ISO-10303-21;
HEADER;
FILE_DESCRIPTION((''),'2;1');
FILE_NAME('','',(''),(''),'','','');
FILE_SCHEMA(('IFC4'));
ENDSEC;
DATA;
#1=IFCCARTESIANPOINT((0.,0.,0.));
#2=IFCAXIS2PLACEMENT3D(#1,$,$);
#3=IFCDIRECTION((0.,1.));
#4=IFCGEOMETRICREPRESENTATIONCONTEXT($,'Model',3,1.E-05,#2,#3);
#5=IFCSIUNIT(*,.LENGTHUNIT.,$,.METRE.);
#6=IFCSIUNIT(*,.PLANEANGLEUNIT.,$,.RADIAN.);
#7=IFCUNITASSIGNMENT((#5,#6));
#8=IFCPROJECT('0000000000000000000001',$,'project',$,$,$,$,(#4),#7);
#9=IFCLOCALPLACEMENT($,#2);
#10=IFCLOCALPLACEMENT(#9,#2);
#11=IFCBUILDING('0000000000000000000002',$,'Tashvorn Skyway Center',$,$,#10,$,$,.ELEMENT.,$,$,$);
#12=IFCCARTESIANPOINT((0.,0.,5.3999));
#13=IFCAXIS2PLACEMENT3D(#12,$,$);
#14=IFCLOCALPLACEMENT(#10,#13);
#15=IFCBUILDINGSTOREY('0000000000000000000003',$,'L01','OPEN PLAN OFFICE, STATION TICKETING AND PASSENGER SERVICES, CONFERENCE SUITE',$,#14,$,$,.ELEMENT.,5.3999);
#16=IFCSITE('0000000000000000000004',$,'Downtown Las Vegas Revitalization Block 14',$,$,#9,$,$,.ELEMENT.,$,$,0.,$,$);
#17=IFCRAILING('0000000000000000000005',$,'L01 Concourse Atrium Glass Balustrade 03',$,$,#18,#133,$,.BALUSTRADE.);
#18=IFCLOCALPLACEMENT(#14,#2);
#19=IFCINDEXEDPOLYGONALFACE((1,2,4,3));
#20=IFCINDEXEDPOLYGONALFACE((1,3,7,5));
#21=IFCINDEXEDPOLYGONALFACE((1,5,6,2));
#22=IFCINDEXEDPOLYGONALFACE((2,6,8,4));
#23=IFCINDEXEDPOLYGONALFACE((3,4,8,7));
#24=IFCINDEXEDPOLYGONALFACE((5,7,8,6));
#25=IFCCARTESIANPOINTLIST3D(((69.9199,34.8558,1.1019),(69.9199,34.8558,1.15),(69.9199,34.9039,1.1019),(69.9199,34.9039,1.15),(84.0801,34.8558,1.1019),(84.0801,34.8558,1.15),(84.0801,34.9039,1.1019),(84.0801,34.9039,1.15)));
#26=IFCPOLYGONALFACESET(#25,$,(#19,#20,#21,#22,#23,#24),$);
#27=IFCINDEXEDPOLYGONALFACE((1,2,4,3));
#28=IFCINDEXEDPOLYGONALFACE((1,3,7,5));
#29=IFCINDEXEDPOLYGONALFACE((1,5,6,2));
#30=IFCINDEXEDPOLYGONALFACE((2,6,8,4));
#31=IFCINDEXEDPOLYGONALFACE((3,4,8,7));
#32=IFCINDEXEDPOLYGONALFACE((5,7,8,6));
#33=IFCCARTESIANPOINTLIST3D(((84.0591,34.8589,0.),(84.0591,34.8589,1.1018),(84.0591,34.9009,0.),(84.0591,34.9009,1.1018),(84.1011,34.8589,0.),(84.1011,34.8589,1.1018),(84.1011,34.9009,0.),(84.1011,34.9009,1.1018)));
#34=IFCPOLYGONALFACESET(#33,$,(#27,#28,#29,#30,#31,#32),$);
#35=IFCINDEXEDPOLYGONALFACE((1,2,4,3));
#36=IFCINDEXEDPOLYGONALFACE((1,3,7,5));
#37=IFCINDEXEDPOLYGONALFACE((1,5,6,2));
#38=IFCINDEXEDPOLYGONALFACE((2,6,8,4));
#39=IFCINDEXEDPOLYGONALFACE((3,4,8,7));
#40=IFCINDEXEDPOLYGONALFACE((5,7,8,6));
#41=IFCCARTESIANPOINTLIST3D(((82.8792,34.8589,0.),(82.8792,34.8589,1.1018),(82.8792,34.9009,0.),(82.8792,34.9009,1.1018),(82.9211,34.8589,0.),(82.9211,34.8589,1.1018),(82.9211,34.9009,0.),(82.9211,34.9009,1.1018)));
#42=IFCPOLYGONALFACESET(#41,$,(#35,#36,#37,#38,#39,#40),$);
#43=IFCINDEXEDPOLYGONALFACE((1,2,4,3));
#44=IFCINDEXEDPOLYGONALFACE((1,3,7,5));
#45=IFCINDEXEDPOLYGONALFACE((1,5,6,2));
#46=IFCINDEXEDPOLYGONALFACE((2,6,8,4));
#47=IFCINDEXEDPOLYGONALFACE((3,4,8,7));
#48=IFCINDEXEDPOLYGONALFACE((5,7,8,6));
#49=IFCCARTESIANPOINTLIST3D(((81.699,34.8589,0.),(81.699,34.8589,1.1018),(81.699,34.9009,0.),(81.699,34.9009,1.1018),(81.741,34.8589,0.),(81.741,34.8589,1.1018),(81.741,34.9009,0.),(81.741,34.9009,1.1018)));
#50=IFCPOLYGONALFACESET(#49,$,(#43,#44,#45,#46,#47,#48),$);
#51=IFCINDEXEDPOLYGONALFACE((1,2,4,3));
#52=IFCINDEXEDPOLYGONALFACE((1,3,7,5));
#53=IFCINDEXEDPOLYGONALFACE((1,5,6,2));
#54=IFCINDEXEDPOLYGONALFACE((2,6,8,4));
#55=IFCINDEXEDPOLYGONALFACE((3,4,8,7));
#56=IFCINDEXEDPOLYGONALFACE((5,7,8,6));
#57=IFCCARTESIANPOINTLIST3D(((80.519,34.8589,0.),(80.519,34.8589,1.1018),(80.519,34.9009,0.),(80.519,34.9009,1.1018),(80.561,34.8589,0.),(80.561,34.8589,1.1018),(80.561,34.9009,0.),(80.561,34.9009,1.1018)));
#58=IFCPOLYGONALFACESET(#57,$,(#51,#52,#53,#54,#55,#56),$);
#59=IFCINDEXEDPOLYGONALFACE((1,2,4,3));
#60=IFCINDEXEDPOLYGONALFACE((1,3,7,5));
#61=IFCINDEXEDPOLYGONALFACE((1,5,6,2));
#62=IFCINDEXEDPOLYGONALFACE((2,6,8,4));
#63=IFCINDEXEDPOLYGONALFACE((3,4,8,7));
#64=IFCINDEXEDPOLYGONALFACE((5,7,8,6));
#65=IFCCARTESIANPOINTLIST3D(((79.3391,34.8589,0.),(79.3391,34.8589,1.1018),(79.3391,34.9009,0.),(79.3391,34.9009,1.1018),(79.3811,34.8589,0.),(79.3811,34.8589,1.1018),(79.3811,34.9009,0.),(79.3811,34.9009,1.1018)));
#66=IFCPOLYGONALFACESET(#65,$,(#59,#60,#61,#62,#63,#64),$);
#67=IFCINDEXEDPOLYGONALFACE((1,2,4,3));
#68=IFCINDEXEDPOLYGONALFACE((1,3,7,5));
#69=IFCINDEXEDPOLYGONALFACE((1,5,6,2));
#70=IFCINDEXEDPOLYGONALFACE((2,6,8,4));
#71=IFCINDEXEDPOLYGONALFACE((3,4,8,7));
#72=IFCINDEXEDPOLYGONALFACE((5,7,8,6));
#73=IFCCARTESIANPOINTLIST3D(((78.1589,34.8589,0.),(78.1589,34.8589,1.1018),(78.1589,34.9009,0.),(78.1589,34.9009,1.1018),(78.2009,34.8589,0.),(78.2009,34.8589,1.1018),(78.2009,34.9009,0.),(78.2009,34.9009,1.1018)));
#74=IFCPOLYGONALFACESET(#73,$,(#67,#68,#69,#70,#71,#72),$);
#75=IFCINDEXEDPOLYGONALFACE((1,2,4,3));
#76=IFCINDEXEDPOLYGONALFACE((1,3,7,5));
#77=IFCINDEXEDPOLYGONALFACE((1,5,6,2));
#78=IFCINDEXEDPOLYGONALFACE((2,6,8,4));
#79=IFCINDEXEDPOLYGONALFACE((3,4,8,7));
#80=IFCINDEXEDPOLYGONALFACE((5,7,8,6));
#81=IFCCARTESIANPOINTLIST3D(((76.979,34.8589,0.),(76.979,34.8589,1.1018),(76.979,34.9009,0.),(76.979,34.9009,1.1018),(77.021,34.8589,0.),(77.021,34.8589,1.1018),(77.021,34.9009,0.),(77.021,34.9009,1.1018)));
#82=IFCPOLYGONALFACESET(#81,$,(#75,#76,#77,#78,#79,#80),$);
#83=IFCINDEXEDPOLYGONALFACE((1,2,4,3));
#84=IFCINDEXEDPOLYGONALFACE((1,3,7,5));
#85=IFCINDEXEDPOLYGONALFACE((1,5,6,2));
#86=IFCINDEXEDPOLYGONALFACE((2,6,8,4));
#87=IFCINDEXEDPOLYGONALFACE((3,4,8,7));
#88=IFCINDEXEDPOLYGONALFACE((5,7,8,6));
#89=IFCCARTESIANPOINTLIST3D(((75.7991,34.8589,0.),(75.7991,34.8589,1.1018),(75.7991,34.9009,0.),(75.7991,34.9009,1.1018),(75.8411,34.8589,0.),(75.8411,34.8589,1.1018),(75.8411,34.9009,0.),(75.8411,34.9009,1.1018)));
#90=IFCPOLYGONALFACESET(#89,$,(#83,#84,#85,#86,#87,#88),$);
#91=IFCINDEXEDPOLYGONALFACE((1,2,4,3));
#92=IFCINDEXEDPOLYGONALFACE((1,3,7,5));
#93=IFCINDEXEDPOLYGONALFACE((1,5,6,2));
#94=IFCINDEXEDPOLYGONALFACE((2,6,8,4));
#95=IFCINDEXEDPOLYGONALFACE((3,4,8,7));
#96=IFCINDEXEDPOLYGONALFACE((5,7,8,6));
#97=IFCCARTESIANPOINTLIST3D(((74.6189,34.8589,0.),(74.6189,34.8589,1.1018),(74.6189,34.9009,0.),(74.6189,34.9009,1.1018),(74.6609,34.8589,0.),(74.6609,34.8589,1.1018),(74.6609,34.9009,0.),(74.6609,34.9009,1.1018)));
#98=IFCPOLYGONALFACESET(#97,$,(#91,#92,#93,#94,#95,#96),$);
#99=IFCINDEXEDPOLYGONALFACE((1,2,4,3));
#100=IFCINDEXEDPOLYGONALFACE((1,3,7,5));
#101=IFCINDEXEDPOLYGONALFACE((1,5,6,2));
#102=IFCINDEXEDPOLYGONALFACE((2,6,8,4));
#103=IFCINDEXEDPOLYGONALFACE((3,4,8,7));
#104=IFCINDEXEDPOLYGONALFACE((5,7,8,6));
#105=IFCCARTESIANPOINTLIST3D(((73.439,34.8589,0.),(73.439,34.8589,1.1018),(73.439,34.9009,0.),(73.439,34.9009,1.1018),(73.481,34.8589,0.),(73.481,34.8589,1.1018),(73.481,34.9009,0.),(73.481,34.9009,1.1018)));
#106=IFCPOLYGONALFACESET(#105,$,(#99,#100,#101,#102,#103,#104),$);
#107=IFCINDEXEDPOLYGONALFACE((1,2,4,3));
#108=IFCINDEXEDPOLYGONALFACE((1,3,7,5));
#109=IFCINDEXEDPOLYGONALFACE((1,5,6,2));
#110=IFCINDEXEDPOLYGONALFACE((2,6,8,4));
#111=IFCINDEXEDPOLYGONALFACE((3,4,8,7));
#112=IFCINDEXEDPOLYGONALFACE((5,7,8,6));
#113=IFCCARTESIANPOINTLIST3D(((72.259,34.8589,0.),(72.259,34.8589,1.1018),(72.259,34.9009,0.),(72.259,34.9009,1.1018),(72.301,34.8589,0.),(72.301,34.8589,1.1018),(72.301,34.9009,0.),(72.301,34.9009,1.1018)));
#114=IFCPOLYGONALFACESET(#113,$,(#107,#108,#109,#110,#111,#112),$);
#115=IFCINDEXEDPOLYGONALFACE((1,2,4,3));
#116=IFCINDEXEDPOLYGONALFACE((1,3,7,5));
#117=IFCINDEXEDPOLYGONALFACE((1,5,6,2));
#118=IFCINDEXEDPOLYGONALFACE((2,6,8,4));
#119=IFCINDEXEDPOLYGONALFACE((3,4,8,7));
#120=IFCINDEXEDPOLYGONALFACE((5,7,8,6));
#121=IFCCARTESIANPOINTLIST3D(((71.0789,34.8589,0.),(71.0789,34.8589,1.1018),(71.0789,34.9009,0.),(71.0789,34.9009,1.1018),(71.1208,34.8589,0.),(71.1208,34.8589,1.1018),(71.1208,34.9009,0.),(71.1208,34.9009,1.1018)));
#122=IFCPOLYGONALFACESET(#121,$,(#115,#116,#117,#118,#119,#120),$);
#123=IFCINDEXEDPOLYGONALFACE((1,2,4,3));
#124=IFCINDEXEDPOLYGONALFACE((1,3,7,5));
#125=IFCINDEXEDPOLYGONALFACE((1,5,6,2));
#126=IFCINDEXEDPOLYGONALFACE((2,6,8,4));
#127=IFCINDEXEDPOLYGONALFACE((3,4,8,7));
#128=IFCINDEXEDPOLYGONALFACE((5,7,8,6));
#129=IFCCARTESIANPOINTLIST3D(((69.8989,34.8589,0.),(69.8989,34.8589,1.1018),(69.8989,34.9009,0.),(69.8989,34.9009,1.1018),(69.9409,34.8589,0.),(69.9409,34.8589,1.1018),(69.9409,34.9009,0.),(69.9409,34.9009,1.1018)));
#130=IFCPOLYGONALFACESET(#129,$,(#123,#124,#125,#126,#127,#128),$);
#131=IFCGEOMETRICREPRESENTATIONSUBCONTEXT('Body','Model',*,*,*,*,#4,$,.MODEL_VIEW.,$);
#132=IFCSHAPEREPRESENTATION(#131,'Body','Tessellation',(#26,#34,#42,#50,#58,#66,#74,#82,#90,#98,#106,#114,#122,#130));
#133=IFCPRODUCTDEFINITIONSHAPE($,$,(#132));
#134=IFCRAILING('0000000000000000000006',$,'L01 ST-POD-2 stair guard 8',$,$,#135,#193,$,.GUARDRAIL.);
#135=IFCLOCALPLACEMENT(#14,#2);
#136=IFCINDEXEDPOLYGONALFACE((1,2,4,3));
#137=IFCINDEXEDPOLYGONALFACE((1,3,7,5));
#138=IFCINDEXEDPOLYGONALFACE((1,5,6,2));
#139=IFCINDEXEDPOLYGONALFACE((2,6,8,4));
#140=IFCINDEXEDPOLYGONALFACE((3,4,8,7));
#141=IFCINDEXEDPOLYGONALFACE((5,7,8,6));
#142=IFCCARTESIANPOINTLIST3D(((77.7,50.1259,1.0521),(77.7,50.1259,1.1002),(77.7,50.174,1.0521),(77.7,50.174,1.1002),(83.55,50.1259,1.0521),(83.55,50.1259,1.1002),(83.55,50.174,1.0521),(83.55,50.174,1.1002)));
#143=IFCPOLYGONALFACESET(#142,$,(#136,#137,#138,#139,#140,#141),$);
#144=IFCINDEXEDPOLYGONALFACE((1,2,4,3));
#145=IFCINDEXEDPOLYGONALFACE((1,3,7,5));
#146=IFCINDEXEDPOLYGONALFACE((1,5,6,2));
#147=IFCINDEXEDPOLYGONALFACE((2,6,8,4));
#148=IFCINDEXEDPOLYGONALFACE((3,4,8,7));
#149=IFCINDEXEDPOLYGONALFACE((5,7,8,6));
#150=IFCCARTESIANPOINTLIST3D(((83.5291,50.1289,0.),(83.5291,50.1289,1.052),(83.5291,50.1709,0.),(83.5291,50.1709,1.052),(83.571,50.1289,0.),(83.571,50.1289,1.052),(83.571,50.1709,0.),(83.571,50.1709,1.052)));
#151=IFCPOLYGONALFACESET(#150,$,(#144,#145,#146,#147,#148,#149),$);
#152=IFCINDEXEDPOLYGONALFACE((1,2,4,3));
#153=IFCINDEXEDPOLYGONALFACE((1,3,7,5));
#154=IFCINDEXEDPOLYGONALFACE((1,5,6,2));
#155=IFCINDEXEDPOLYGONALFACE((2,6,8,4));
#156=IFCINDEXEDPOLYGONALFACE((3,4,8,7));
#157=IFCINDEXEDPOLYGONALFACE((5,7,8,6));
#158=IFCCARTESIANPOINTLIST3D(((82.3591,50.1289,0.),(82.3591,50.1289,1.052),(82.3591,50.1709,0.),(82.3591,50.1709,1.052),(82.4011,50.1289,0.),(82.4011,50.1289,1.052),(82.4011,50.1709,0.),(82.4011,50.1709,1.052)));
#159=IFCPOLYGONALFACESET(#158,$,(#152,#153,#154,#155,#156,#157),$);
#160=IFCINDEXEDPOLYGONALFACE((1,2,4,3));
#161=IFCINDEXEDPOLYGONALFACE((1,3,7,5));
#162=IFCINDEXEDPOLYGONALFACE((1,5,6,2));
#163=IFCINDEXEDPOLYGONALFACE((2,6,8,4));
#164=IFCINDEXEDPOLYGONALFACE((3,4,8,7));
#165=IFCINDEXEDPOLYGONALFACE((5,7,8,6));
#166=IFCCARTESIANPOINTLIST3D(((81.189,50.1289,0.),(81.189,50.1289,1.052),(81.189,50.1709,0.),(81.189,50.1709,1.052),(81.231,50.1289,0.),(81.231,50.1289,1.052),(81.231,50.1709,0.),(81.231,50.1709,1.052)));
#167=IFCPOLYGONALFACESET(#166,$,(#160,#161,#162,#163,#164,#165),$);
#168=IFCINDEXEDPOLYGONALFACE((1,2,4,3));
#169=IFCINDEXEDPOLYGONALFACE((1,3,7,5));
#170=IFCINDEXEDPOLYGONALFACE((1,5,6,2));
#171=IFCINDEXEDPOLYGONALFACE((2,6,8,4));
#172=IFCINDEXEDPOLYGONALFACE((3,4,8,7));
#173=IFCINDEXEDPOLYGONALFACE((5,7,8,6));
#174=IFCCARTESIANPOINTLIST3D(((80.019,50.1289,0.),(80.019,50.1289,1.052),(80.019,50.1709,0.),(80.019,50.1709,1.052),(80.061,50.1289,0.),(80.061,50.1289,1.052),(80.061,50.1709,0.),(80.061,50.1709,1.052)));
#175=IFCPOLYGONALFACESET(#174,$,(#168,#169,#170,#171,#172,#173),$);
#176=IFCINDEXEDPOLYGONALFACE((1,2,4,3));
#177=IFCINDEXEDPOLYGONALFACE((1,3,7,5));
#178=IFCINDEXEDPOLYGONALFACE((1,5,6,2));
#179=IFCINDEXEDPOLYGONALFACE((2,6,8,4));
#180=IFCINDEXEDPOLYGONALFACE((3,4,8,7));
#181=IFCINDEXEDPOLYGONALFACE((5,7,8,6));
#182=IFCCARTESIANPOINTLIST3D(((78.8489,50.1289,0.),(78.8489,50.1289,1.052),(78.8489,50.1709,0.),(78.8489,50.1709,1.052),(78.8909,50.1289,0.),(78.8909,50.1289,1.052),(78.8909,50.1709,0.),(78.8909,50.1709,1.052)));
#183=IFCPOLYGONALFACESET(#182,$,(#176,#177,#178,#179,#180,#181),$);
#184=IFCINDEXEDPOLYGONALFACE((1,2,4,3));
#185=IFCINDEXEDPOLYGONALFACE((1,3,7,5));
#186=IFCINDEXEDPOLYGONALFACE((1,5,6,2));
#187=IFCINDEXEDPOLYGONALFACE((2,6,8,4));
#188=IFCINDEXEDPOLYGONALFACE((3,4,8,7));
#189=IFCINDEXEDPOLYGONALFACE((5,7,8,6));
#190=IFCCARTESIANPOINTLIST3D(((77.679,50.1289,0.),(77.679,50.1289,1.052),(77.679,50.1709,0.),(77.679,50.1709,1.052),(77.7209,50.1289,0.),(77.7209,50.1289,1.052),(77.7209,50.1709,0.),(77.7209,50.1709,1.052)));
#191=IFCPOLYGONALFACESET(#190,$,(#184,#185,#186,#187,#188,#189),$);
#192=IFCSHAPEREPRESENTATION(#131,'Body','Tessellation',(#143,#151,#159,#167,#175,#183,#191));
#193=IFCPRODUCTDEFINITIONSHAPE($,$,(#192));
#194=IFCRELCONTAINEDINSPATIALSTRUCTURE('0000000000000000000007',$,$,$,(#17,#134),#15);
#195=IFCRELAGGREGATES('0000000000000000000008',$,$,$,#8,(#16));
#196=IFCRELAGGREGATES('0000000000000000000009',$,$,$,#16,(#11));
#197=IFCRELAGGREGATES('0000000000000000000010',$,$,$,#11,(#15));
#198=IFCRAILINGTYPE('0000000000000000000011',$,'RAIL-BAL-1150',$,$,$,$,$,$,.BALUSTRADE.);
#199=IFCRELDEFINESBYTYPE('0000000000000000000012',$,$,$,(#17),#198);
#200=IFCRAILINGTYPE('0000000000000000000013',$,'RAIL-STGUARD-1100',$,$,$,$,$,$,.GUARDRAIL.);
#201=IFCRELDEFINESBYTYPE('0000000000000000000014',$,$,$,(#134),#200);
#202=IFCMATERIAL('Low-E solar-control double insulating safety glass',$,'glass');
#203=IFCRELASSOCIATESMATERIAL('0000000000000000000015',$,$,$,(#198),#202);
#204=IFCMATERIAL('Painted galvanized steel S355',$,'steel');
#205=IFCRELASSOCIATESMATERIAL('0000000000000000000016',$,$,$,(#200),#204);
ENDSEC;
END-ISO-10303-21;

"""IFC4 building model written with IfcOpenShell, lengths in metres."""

from ifc_helpers import new_model, si_unit, direction, frame, origin, origin_2d, place, context, subcontext, project, spatial, rectangle, extrude, material, type_object, element, save


model = new_model("IFC4")

# Units and contexts
model_context = context("Model", 3, precision=1e-05, world=origin(), true_north=direction((0.0, 1.0)))
body_context = subcontext(model_context, "Body", "Model", "MODEL_VIEW")
ifc_project = project(units=[si_unit("LENGTHUNIT", "METRE"), si_unit("PLANEANGLEUNIT", "RADIAN")], contexts=[model_context])

# Site, building, storey
site_placement = place(None, origin())
site = spatial("IfcSite", under=ifc_project, at=site_placement, Name="Downtown Las Vegas Revitalization Block 14", CompositionType="ELEMENT", RefElevation=0.0)
building_placement = place(site_placement, origin())
building = spatial("IfcBuilding", under=site, at=building_placement, Name="Tashvorn Skyway Center", CompositionType="ELEMENT")
storey_placement = place(building_placement, frame((0.0, 0.0, 5.3999)))
storey = spatial("IfcBuildingStorey", under=building, at=storey_placement, Name="L01", Description="OPEN PLAN OFFICE, STATION TICKETING AND PASSENGER SERVICES, CONFERENCE SUITE", CompositionType="ELEMENT", Elevation=5.3999)

# Railings
ifc_material_1 = material(Name="Low-E solar-control double insulating safety glass", Category="glass")
railing_type_1 = type_object("IfcRailingType", Name="RAIL-BAL-1150", PredefinedType="BALUSTRADE", material=ifc_material_1)
railing_1_placement = place(storey_placement, frame((84.0801, 34.8799, 0.0)))
element("IfcRailing", 1, at=railing_1_placement, inside=storey, type_object=railing_type_1, Name="L01 Concourse Atrium Glass Balustrade 03", PredefinedType="BALUSTRADE", context=body_context, shape_type="SweptSolid", body=[
    extrude(rectangle(XDim=0.0481, YDim=0.0481, at=origin_2d()), frame((0.0, 0.0, 1.126), z_axis=(-1.0, 0.0, 0.0), x_axis=(0.0, -1.0, 0.0)), (0.0, 0.0, 1.0), 14.1602),
    extrude(rectangle(XDim=0.042, YDim=0.042, at=origin_2d()), origin(), (0.0, 0.0, 1.0), 1.1018),
    extrude(rectangle(XDim=0.042, YDim=0.042, at=origin_2d()), frame((-1.1799, 0.0, 0.0)), (0.0, 0.0, 1.0), 1.1018),
    extrude(rectangle(XDim=0.042, YDim=0.042, at=origin_2d()), frame((-2.3601, 0.0, 0.0)), (0.0, 0.0, 1.0), 1.1018),
    extrude(rectangle(XDim=0.042, YDim=0.042, at=origin_2d()), frame((-3.54, 0.0, 0.0)), (0.0, 0.0, 1.0), 1.1018),
    extrude(rectangle(XDim=0.042, YDim=0.042, at=origin_2d()), frame((-4.72, 0.0, 0.0)), (0.0, 0.0, 1.0), 1.1018),
    extrude(rectangle(XDim=0.042, YDim=0.042, at=origin_2d()), frame((-5.9001, 0.0, 0.0)), (0.0, 0.0, 1.0), 1.1018),
    extrude(rectangle(XDim=0.042, YDim=0.042, at=origin_2d()), frame((-7.0801, 0.0, 0.0)), (0.0, 0.0, 1.0), 1.1018),
    extrude(rectangle(XDim=0.042, YDim=0.042, at=origin_2d()), frame((-8.26, 0.0, 0.0)), (0.0, 0.0, 1.0), 1.1018),
    extrude(rectangle(XDim=0.042, YDim=0.042, at=origin_2d()), frame((-9.4402, 0.0, 0.0)), (0.0, 0.0, 1.0), 1.1018),
    extrude(rectangle(XDim=0.042, YDim=0.042, at=origin_2d()), frame((-10.6201, 0.0, 0.0)), (0.0, 0.0, 1.0), 1.1018),
    extrude(rectangle(XDim=0.042, YDim=0.042, at=origin_2d()), frame((-11.8, 0.0, 0.0)), (0.0, 0.0, 1.0), 1.1018),
    extrude(rectangle(XDim=0.042, YDim=0.042, at=origin_2d()), frame((-12.9802, 0.0, 0.0)), (0.0, 0.0, 1.0), 1.1018),
    extrude(rectangle(XDim=0.042, YDim=0.042, at=origin_2d()), frame((-14.1602, 0.0, 0.0)), (0.0, 0.0, 1.0), 1.1018),
])
ifc_material_2 = material(Name="Painted galvanized steel S355", Category="steel")
railing_type_2 = type_object("IfcRailingType", Name="RAIL-STGUARD-1100", PredefinedType="GUARDRAIL", material=ifc_material_2)
railing_2_placement = place(storey_placement, frame((83.55, 50.1499, 0.0)))
element("IfcRailing", 2, at=railing_2_placement, inside=storey, type_object=railing_type_2, Name="L01 ST-POD-2 stair guard 8", PredefinedType="GUARDRAIL", context=body_context, shape_type="SweptSolid", body=[
    extrude(rectangle(XDim=0.0481, YDim=0.0481, at=origin_2d()), frame((0.0, 0.0, 1.0762), z_axis=(-1.0, 0.0, 0.0), x_axis=(0.0, -1.0, 0.0)), (0.0, 0.0, 1.0), 5.8501),
    extrude(rectangle(XDim=0.042, YDim=0.042, at=origin_2d()), origin(), (0.0, 0.0, 1.0), 1.052),
    extrude(rectangle(XDim=0.042, YDim=0.042, at=origin_2d()), frame((-1.1699, 0.0, 0.0)), (0.0, 0.0, 1.0), 1.052),
    extrude(rectangle(XDim=0.042, YDim=0.042, at=origin_2d()), frame((-2.3401, 0.0, 0.0)), (0.0, 0.0, 1.0), 1.052),
    extrude(rectangle(XDim=0.042, YDim=0.042, at=origin_2d()), frame((-3.51, 0.0, 0.0)), (0.0, 0.0, 1.0), 1.052),
    extrude(rectangle(XDim=0.042, YDim=0.042, at=origin_2d()), frame((-4.6802, 0.0, 0.0)), (0.0, 0.0, 1.0), 1.052),
    extrude(rectangle(XDim=0.042, YDim=0.042, at=origin_2d()), frame((-5.8501, 0.0, 0.0)), (0.0, 0.0, 1.0), 1.052),
])

save(model, "model.ifc")
